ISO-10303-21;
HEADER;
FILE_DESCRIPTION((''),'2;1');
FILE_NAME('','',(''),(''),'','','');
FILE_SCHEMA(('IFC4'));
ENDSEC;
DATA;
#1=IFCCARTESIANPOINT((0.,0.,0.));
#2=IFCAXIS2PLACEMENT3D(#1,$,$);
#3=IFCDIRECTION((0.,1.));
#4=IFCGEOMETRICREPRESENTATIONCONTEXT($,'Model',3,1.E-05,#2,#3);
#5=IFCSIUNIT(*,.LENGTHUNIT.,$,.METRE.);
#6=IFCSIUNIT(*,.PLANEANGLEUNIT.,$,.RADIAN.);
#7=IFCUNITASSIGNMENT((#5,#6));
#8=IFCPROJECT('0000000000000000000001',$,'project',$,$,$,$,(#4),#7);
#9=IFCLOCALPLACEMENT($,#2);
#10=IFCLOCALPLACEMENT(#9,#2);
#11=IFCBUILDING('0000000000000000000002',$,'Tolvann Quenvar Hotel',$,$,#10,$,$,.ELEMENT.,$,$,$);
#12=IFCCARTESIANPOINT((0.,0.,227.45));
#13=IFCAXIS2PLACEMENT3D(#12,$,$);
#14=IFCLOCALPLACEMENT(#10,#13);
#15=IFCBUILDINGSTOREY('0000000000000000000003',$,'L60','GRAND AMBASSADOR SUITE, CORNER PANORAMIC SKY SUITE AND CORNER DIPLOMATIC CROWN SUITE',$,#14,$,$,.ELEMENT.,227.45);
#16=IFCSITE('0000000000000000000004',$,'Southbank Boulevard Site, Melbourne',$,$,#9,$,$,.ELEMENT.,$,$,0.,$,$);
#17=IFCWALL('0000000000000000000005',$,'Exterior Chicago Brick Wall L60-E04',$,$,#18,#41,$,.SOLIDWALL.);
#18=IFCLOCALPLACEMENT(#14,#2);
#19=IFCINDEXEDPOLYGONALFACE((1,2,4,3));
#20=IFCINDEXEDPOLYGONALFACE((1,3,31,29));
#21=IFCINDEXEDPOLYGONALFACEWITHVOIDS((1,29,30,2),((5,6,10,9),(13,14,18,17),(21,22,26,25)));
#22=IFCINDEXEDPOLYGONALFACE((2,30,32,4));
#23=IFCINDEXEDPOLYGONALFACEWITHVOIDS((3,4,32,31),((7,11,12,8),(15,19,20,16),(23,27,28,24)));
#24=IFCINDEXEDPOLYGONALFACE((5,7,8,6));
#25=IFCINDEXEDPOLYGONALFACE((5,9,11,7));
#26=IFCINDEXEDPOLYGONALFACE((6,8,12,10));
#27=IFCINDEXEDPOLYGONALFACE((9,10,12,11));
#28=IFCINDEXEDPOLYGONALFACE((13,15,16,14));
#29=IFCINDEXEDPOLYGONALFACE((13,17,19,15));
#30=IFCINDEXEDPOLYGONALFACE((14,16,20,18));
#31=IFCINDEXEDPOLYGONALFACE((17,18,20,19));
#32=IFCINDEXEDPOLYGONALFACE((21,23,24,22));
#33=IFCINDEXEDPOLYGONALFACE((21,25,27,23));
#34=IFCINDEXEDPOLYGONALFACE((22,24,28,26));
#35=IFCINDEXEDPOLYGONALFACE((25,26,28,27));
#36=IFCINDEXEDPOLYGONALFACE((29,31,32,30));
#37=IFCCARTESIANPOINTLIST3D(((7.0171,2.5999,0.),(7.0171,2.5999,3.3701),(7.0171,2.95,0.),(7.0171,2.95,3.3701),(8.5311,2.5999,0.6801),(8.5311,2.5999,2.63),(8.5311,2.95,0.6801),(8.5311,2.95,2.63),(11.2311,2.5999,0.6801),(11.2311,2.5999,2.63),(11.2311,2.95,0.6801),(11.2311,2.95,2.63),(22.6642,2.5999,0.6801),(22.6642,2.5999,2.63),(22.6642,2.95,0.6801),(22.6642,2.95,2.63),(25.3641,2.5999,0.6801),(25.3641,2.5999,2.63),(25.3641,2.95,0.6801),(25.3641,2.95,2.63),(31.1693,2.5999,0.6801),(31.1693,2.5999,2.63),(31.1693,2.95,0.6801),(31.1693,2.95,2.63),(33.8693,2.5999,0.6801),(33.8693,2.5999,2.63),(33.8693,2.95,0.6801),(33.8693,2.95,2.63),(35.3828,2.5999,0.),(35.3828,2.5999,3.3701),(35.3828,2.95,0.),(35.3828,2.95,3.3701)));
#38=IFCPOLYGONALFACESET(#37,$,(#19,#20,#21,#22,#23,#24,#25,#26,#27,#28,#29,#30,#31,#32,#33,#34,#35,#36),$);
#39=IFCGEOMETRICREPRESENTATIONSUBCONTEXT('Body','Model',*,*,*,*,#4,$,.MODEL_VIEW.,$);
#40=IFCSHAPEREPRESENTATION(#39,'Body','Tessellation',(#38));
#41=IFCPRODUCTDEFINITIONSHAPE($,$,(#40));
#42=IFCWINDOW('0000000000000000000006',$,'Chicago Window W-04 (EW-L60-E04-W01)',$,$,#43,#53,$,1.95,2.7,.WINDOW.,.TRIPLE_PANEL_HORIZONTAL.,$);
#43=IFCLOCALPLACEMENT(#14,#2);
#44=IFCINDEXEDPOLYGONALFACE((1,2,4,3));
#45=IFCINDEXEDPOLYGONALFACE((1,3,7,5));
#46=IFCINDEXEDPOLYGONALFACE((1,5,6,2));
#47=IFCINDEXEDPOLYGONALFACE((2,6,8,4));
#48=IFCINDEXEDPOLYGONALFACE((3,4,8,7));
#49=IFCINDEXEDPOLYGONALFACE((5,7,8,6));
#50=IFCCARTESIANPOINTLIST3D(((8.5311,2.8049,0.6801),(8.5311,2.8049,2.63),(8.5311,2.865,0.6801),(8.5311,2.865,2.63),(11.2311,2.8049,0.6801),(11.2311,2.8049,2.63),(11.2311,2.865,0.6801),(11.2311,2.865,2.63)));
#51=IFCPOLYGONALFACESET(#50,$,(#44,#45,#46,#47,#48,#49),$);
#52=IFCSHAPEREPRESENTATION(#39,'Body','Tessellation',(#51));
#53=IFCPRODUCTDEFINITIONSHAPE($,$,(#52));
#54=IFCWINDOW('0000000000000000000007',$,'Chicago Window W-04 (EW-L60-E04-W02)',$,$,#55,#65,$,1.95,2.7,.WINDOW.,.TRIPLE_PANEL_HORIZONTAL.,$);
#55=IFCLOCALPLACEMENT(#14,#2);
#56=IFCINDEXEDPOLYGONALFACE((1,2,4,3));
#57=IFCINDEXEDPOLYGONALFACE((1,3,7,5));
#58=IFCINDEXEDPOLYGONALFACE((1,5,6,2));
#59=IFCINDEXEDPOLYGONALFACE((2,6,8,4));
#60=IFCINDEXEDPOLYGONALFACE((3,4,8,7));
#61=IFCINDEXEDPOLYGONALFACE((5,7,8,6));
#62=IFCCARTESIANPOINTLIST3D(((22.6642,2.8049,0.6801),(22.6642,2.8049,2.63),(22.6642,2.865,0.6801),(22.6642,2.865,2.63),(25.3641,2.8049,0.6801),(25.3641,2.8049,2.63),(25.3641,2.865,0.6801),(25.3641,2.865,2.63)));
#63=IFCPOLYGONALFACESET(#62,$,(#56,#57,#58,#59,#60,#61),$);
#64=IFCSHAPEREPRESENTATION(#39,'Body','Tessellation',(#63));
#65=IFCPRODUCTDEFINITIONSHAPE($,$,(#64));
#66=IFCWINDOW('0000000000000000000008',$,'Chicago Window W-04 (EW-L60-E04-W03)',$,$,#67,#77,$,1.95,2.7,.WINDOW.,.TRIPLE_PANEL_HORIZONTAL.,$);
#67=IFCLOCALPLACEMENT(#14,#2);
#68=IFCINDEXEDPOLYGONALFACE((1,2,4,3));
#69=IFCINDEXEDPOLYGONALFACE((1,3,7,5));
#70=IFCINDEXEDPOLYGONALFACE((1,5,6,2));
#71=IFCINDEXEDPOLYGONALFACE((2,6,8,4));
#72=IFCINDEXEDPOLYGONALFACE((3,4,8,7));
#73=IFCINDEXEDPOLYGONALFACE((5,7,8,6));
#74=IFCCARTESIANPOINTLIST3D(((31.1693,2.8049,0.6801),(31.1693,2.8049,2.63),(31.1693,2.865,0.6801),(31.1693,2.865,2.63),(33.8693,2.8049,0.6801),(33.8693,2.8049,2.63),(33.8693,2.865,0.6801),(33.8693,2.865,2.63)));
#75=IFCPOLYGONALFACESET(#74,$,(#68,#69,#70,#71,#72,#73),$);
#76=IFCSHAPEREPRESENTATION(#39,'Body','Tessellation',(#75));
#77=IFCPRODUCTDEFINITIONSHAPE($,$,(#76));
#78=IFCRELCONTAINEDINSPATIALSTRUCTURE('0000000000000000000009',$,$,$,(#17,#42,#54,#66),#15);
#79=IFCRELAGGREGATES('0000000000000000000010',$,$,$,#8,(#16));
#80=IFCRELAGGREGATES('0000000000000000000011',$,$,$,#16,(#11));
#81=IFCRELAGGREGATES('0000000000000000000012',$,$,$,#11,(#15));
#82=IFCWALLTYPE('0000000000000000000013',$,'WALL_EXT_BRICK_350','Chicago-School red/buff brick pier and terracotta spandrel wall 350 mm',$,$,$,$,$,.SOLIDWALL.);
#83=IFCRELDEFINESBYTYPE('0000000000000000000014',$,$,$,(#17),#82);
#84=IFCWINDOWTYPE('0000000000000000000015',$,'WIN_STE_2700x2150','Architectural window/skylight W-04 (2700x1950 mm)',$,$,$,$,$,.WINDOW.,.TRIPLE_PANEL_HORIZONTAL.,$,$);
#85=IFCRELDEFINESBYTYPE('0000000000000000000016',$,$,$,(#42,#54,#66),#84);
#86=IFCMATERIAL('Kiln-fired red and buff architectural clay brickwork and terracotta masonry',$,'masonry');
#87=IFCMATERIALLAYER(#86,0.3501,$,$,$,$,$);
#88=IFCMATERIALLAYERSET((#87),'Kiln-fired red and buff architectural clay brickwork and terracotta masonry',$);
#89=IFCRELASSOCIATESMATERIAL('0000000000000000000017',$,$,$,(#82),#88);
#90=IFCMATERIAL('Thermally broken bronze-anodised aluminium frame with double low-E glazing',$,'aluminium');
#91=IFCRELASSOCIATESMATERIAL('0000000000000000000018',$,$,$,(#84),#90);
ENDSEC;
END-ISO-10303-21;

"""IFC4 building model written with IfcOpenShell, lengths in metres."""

from ifc_helpers import new_model, si_unit, direction, frame, frame_2d, origin, place, context, subcontext, project, spatial, rectangle, extrude, source, transform, mapped, material, layer, layer_set, type_object, type_shapes, element, fill, save


model = new_model("IFC4")

# Units and contexts
model_context = context("Model", 3, precision=1e-05, world=origin(), true_north=direction((0.0, 1.0)))
body_context = subcontext(model_context, "Body", "Model", "MODEL_VIEW")
ifc_project = project(units=[si_unit("LENGTHUNIT", "METRE"), si_unit("PLANEANGLEUNIT", "RADIAN")], contexts=[model_context])

# Site, building, storey
site_placement = place(None, origin())
site = spatial("IfcSite", under=ifc_project, at=site_placement, Name="Southbank Boulevard Site, Melbourne", CompositionType="ELEMENT", RefElevation=0.0)
building_placement = place(site_placement, origin())
building = spatial("IfcBuilding", under=site, at=building_placement, Name="Tolvann Quenvar Hotel", CompositionType="ELEMENT")
storey_placement = place(building_placement, frame((0.0, 0.0, 227.45)))
storey = spatial("IfcBuildingStorey", under=building, at=storey_placement, Name="L60", Description="GRAND AMBASSADOR SUITE, CORNER PANORAMIC SKY SUITE AND CORNER DIPLOMATIC CROWN SUITE", CompositionType="ELEMENT", Elevation=227.45)

# Shared definitions
ifc_material_1 = material(Name="Kiln-fired red and buff architectural clay brickwork and terracotta masonry", Category="masonry")
ifc_layer = layer(ifc_material_1, 0.3501)
ifc_layer_set = layer_set([ifc_layer], Name="Kiln-fired red and buff architectural clay brickwork and terracotta masonry")
wall_type = type_object("IfcWallType", Name="WALL_EXT_BRICK_350", Description="Chicago-School red/buff brick pier and terracotta spandrel wall 350 mm", PredefinedType="SOLIDWALL", material=ifc_layer_set)

# Wall, openings, windows
wall_1_placement = place(storey_placement, frame((7.0171, 2.7749, 0.0), z_axis=(0.0, 0.0, 1.0), x_axis=(1.0, 0.0, 0.0)))
wall_1 = element("IfcWall", 1, at=wall_1_placement, inside=storey, type_object=wall_type, Name="Exterior Chicago Brick Wall L60-E04", PredefinedType="SOLIDWALL", context=body_context, shape_type="SweptSolid", body=[
    extrude(rectangle(XDim=28.3657, YDim=0.3501, at=frame_2d((14.1829, 0.0))), origin(), (0.0, 0.0, 1.0), 3.3701),
])
opening_1_placement = place(wall_1_placement, frame((1.5139, 0.0, 0.6799)))
opening_1 = element("IfcOpeningElement", 2, at=opening_1_placement, cuts=wall_1, PredefinedType="OPENING", context=body_context, shape_type="SweptSolid", body=[
    extrude(rectangle(XDim=2.7, YDim=1.95, at=frame_2d((1.3501, 0.9751))), frame((0.0, 0.1851, 0.0), z_axis=(0.0, -1.0, 0.0), x_axis=(1.0, 0.0, 0.0)), (0.0, 0.0, 1.0), 0.3701),
])
opening_2_placement = place(wall_1_placement, frame((15.647, 0.0, 0.6799)))
opening_2 = element("IfcOpeningElement", 3, at=opening_2_placement, cuts=wall_1, PredefinedType="OPENING", context=body_context, shape_type="SweptSolid", body=[
    extrude(rectangle(XDim=2.7, YDim=1.95, at=frame_2d((1.3501, 0.9751))), frame((0.0, 0.1851, 0.0), z_axis=(0.0, -1.0, 0.0), x_axis=(1.0, 0.0, 0.0)), (0.0, 0.0, 1.0), 0.3701),
])
opening_3_placement = place(wall_1_placement, frame((24.1521, 0.0, 0.6799)))
opening_3 = element("IfcOpeningElement", 4, at=opening_3_placement, cuts=wall_1, PredefinedType="OPENING", context=body_context, shape_type="SweptSolid", body=[
    extrude(rectangle(XDim=2.7, YDim=1.95, at=frame_2d((1.3501, 0.9751))), frame((0.0, 0.1851, 0.0), z_axis=(0.0, -1.0, 0.0), x_axis=(1.0, 0.0, 0.0)), (0.0, 0.0, 1.0), 0.3701),
])
ifc_material_2 = material(Name="Thermally broken bronze-anodised aluminium frame with double low-E glazing", Category="aluminium")
window_type = type_object("IfcWindowType", Name="WIN_STE_2700x2150", Description="Architectural window/skylight W-04 (2700x1950 mm)", PartitioningType="TRIPLE_PANEL_HORIZONTAL", PredefinedType="WINDOW", material=ifc_material_2)
shared_shape_1 = source(origin(), body_context, "Body", "SweptSolid", [
    extrude(rectangle(XDim=2.7, YDim=1.95, at=frame_2d((1.3501, 0.9751))), frame((0.0, 0.0901, 0.0), z_axis=(0.0, -1.0, 0.0), x_axis=(1.0, 0.0, 0.0)), (0.0, 0.0, 1.0), 0.0601),
])
type_shapes(window_type, [shared_shape_1])
window_1_placement = place(opening_1_placement, origin())
window_1 = element("IfcWindow", 5, at=window_1_placement, inside=storey, type_object=window_type, Name="Chicago Window W-04 (EW-L60-E04-W01)", OverallHeight=1.95, OverallWidth=2.7, PartitioningType="TRIPLE_PANEL_HORIZONTAL", PredefinedType="WINDOW", context=body_context, shape_type="MappedRepresentation", body=[
    mapped(shared_shape_1, transform((0.0, 0.0, 0.0), x_axis=(1.0, 0.0, 0.0), y_axis=(0.0, 1.0, 0.0), z_axis=(0.0, 0.0, 1.0), scale=1.0)),
])
fill(opening_1, window_1)
window_2_placement = place(opening_2_placement, origin())
window_2 = element("IfcWindow", 6, at=window_2_placement, inside=storey, type_object=window_type, Name="Chicago Window W-04 (EW-L60-E04-W02)", OverallHeight=1.95, OverallWidth=2.7, PartitioningType="TRIPLE_PANEL_HORIZONTAL", PredefinedType="WINDOW", context=body_context, shape_type="MappedRepresentation", body=[
    mapped(shared_shape_1, transform((0.0, 0.0, 0.0), x_axis=(1.0, 0.0, 0.0), y_axis=(0.0, 1.0, 0.0), z_axis=(0.0, 0.0, 1.0), scale=1.0)),
])
fill(opening_2, window_2)
window_3_placement = place(opening_3_placement, origin())
window_3 = element("IfcWindow", 7, at=window_3_placement, inside=storey, type_object=window_type, Name="Chicago Window W-04 (EW-L60-E04-W03)", OverallHeight=1.95, OverallWidth=2.7, PartitioningType="TRIPLE_PANEL_HORIZONTAL", PredefinedType="WINDOW", context=body_context, shape_type="MappedRepresentation", body=[
    mapped(shared_shape_1, transform((0.0, 0.0, 0.0), x_axis=(1.0, 0.0, 0.0), y_axis=(0.0, 1.0, 0.0), z_axis=(0.0, 0.0, 1.0), scale=1.0)),
])
fill(opening_3, window_3)

save(model, "model.ifc")
